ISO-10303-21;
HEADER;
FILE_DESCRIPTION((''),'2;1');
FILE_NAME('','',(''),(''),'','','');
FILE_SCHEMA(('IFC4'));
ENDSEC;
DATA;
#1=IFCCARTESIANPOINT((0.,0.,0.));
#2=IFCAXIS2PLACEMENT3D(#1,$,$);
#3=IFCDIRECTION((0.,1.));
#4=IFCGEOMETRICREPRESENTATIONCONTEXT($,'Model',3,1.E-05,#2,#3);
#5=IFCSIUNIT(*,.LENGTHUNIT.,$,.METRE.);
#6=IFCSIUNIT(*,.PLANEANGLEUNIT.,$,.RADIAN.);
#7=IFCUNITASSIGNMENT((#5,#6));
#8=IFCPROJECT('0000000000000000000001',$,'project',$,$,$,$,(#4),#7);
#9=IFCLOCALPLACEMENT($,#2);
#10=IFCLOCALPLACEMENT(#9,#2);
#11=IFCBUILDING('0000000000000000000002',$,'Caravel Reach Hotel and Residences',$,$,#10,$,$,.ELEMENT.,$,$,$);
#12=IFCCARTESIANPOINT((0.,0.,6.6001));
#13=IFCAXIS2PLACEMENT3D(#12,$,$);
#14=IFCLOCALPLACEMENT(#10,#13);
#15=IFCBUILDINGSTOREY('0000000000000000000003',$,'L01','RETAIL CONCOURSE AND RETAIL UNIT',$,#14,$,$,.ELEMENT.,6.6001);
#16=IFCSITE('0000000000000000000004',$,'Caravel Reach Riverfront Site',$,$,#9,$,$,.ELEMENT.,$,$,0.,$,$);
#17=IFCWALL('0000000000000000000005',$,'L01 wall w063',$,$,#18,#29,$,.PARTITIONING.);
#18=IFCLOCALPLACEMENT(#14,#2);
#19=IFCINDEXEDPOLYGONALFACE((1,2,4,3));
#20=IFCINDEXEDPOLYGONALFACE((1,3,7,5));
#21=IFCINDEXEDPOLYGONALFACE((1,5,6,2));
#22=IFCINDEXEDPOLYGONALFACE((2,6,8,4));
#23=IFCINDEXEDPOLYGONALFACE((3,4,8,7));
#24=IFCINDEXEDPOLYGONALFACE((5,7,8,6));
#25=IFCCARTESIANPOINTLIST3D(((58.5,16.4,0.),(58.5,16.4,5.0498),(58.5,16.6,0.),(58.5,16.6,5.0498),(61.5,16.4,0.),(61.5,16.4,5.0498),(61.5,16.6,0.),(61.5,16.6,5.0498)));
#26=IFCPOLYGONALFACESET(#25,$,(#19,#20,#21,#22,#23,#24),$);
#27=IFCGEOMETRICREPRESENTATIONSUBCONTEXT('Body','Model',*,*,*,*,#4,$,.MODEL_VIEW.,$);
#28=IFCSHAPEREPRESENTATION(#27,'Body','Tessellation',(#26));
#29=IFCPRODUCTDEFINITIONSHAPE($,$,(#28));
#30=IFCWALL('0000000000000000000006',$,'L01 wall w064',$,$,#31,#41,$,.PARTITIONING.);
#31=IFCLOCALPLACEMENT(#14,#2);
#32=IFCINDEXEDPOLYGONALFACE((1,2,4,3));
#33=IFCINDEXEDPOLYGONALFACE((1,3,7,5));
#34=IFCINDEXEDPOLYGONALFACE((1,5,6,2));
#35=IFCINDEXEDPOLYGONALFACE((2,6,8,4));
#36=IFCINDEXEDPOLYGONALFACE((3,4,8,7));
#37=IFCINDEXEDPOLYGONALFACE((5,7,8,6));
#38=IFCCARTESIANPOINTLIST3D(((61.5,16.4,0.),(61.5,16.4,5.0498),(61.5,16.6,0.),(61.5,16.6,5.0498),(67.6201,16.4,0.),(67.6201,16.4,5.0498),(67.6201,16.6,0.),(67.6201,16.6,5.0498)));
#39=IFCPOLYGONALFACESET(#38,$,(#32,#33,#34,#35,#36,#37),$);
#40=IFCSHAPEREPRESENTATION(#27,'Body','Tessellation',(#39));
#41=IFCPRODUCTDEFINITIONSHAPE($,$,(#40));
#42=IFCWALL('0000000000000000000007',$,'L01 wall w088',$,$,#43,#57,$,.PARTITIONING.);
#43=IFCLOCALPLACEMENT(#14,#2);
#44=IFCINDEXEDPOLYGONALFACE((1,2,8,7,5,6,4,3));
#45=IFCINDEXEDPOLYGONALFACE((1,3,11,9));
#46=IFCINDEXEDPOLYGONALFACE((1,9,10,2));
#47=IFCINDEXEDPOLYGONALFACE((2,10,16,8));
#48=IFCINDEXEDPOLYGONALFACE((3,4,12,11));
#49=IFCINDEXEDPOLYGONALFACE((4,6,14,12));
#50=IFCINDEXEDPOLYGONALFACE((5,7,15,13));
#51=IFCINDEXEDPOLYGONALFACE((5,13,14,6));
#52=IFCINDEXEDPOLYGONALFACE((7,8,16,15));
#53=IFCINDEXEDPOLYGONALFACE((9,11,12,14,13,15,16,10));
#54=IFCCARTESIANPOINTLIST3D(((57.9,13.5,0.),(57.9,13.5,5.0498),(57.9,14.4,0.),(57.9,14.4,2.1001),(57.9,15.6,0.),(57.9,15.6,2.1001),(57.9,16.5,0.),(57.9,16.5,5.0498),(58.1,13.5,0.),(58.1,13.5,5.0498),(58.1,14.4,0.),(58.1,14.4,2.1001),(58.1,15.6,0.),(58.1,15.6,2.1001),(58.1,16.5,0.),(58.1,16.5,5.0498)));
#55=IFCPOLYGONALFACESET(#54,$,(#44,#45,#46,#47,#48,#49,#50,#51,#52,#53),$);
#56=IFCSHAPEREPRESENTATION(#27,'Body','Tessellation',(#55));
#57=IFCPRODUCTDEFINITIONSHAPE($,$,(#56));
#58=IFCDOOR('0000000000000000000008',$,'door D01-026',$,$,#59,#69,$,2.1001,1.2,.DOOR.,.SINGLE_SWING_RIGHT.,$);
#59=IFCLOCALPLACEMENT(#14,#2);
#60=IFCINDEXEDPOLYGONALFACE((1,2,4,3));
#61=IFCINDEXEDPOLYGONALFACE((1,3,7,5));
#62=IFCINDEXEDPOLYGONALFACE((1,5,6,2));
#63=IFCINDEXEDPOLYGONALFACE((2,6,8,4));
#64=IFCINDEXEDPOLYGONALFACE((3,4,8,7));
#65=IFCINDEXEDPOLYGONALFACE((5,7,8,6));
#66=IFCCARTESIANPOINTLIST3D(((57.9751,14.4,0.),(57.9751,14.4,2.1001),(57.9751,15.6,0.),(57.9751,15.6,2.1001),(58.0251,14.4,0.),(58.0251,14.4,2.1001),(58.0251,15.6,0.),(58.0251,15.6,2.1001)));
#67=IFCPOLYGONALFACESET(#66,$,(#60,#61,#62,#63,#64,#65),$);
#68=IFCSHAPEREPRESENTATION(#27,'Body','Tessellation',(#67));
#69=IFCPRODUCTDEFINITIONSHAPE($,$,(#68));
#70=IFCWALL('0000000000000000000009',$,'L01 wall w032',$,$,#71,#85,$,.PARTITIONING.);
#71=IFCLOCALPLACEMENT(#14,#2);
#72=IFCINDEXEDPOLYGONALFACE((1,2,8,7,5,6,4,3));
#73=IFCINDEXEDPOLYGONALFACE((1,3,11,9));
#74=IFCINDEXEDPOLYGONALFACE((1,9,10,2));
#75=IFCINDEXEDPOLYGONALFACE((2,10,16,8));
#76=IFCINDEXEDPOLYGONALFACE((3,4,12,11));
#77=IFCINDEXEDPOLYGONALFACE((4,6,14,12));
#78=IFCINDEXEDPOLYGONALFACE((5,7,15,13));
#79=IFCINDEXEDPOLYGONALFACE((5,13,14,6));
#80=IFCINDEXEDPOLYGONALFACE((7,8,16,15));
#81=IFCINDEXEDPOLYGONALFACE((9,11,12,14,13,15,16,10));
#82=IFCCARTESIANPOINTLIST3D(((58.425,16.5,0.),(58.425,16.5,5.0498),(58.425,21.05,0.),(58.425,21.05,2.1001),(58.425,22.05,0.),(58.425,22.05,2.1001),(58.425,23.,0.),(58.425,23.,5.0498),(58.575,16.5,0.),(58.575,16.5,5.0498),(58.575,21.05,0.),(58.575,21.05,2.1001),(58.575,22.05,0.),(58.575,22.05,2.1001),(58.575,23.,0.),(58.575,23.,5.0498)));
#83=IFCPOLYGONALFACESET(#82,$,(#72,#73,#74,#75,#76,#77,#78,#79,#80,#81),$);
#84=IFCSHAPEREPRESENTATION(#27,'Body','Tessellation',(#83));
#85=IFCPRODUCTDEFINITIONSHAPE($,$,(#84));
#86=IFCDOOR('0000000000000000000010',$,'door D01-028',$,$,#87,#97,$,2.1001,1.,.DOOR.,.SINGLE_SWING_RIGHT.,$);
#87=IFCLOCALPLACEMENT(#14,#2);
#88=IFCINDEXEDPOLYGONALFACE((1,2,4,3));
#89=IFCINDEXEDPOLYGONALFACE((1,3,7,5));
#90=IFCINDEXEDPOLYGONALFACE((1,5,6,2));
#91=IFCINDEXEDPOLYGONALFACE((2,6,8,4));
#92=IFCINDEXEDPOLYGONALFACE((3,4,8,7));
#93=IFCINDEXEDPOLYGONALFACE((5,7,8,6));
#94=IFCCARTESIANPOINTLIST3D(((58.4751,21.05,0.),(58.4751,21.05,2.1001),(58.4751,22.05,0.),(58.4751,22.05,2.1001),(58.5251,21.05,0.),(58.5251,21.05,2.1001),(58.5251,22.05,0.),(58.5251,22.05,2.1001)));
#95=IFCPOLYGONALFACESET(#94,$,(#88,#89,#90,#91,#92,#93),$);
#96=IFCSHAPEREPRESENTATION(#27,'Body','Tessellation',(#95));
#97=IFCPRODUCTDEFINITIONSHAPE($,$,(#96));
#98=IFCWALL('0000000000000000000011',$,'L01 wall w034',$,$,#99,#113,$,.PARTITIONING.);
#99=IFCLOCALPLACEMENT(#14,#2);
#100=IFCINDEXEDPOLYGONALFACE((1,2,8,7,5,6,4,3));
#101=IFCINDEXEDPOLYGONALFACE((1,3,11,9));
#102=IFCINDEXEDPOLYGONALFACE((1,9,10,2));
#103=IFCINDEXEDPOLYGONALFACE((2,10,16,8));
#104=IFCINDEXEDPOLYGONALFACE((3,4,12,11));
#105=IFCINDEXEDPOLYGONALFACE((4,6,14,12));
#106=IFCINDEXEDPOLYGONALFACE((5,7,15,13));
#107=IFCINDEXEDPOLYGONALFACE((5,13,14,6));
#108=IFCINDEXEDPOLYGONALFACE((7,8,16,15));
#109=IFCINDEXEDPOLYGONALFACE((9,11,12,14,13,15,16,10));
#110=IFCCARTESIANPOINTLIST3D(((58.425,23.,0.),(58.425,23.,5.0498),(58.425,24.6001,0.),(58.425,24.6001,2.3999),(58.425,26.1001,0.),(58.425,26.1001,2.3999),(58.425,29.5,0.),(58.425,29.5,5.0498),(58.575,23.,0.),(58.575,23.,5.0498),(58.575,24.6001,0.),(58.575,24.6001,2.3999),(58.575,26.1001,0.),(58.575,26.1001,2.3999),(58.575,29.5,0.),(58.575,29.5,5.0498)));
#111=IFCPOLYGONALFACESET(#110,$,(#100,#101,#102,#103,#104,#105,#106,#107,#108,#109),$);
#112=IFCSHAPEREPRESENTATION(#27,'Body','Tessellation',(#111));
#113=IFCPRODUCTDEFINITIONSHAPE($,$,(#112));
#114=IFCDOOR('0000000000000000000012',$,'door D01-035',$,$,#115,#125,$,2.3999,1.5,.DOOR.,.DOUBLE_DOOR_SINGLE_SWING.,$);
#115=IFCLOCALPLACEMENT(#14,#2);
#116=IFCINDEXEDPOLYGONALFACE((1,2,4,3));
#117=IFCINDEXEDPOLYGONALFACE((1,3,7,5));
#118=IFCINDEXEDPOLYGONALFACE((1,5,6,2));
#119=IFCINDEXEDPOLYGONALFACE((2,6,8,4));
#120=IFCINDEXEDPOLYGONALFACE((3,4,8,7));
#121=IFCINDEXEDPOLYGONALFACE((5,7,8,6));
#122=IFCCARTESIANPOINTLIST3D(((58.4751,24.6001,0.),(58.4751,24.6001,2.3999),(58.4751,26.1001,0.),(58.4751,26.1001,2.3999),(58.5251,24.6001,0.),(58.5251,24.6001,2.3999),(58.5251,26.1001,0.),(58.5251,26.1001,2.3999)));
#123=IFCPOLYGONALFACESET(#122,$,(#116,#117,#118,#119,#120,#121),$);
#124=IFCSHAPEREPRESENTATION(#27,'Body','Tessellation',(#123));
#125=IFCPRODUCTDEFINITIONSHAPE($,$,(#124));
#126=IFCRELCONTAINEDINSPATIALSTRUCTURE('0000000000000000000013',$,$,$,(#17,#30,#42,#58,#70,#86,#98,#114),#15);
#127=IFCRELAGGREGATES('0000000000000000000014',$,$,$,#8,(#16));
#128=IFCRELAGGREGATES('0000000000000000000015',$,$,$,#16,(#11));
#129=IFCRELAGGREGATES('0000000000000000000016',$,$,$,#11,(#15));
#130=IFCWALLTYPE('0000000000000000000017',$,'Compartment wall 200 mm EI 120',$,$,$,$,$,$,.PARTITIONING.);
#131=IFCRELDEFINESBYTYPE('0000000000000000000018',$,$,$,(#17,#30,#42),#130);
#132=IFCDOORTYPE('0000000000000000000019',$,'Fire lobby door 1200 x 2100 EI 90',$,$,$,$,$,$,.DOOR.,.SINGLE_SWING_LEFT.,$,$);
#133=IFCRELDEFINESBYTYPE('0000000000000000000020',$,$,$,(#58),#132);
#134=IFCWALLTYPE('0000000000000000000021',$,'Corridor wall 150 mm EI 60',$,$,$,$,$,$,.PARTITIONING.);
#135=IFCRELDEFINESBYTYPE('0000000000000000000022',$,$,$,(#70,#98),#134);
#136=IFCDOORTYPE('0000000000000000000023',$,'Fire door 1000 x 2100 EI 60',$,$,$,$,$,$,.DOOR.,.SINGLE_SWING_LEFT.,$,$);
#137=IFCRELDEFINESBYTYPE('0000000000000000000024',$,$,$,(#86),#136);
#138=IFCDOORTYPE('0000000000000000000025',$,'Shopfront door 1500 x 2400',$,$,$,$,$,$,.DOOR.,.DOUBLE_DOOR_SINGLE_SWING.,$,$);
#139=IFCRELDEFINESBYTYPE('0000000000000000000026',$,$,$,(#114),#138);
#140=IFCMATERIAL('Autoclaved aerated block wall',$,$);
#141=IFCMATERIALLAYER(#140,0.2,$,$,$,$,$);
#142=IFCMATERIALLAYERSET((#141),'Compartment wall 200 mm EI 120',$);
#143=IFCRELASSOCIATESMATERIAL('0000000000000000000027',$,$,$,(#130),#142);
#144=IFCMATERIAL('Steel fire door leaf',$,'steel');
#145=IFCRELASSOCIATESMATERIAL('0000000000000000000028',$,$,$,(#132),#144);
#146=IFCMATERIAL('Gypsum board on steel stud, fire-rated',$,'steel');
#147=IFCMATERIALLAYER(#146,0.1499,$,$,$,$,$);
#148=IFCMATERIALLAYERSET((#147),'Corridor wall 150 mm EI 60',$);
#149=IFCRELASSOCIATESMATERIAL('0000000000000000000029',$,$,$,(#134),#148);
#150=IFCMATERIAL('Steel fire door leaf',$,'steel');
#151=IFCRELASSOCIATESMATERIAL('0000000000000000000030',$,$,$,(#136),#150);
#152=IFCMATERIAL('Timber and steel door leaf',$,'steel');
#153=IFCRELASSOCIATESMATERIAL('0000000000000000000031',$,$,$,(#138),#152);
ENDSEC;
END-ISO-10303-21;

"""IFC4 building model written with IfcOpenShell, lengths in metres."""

from ifc_helpers import new_model, si_unit, direction, frame, frame_2d, origin, place, context, subcontext, project, spatial, rectangle, extrude, material, layer, layer_set, type_object, element, fill, save


model = new_model("IFC4")

# Units and contexts
model_context = context("Model", 3, precision=1e-05, world=origin(), true_north=direction((0.0, 1.0)))
body_context = subcontext(model_context, "Body", "Model", "MODEL_VIEW")
ifc_project = project(units=[si_unit("LENGTHUNIT", "METRE"), si_unit("PLANEANGLEUNIT", "RADIAN")], contexts=[model_context])

# Site, building, storey
site_placement = place(None, origin())
site = spatial("IfcSite", under=ifc_project, at=site_placement, Name="Caravel Reach Riverfront Site", CompositionType="ELEMENT", RefElevation=0.0)
building_placement = place(site_placement, origin())
building = spatial("IfcBuilding", under=site, at=building_placement, Name="Caravel Reach Hotel and Residences", CompositionType="ELEMENT")
storey_placement = place(building_placement, frame((0.0, 0.0, 6.6001)))
storey = spatial("IfcBuildingStorey", under=building, at=storey_placement, Name="L01", Description="RETAIL CONCOURSE AND RETAIL UNIT", CompositionType="ELEMENT", Elevation=6.6001)

# Walls
ifc_material_1 = material(Name="Autoclaved aerated block wall")
ifc_layer_1 = layer(ifc_material_1, 0.2)
ifc_layer_set_1 = layer_set([ifc_layer_1], Name="Compartment wall 200 mm EI 120")
wall_type_1 = type_object("IfcWallType", Name="Compartment wall 200 mm EI 120", PredefinedType="PARTITIONING", material=ifc_layer_set_1)
wall_1_placement = place(storey_placement, frame((58.5, 16.5, 0.0), z_axis=(0.0, 0.0, 1.0), x_axis=(1.0, 0.0, 0.0)))
element("IfcWall", 1, at=wall_1_placement, inside=storey, type_object=wall_type_1, Name="L01 wall w063", PredefinedType="PARTITIONING", context=body_context, shape_type="SweptSolid", body=[
    extrude(rectangle(XDim=3.0, YDim=0.2, at=frame_2d((1.5, 0.0))), origin(), (0.0, 0.0, 1.0), 5.0498),
])
wall_2_placement = place(storey_placement, frame((61.5, 16.5, 0.0), z_axis=(0.0, 0.0, 1.0), x_axis=(1.0, 0.0, 0.0)))
element("IfcWall", 2, at=wall_2_placement, inside=storey, type_object=wall_type_1, Name="L01 wall w064", PredefinedType="PARTITIONING", context=body_context, shape_type="SweptSolid", body=[
    extrude(rectangle(XDim=6.1201, YDim=0.2, at=frame_2d((3.0601, 0.0))), origin(), (0.0, 0.0, 1.0), 5.0498),
])

# Walls, openings, doors
wall_3_placement = place(storey_placement, frame((58.0, 13.5, 0.0), z_axis=(0.0, 0.0, 1.0), x_axis=(0.0, 1.0, 0.0)))
wall_3 = element("IfcWall", 3, at=wall_3_placement, inside=storey, type_object=wall_type_1, Name="L01 wall w088", PredefinedType="PARTITIONING", context=body_context, shape_type="SweptSolid", body=[
    extrude(rectangle(XDim=3.0, YDim=0.2, at=frame_2d((1.5, 0.0))), origin(), (0.0, 0.0, 1.0), 5.0498),
])
opening_1_placement = place(wall_3_placement, frame((0.8999, 0.0, 0.0)))
opening_1 = element("IfcOpeningElement", 4, at=opening_1_placement, cuts=wall_3, PredefinedType="OPENING", context=body_context, shape_type="SweptSolid", body=[
    extrude(rectangle(XDim=1.2, YDim=2.1001, at=frame_2d((0.6001, 1.05))), frame((0.0, 0.1099, 0.0), z_axis=(0.0, -1.0, 0.0), x_axis=(1.0, 0.0, 0.0)), (0.0, 0.0, 1.0), 0.22),
])
ifc_material_2 = material(Name="Steel fire door leaf", Category="steel")
door_type_1 = type_object("IfcDoorType", Name="Fire lobby door 1200 x 2100 EI 90", OperationType="SINGLE_SWING_LEFT", PredefinedType="DOOR", material=ifc_material_2)
door_1_placement = place(opening_1_placement, origin())
door_1 = element("IfcDoor", 5, at=door_1_placement, inside=storey, type_object=door_type_1, Name="door D01-026", OperationType="SINGLE_SWING_RIGHT", OverallHeight=2.1001, OverallWidth=1.2, PredefinedType="DOOR", context=body_context, shape_type="SweptSolid", body=[
    extrude(rectangle(XDim=1.2, YDim=2.1001, at=frame_2d((0.6001, 1.05))), frame((0.0, 0.0249, 0.0), z_axis=(0.0, -1.0, 0.0), x_axis=(1.0, 0.0, 0.0)), (0.0, 0.0, 1.0), 0.05),
])
fill(opening_1, door_1)
ifc_material_3 = material(Name="Gypsum board on steel stud, fire-rated", Category="steel")
ifc_layer_2 = layer(ifc_material_3, 0.1499)
ifc_layer_set_2 = layer_set([ifc_layer_2], Name="Corridor wall 150 mm EI 60")
wall_type_2 = type_object("IfcWallType", Name="Corridor wall 150 mm EI 60", PredefinedType="PARTITIONING", material=ifc_layer_set_2)
wall_4_placement = place(storey_placement, frame((58.5, 16.5, 0.0), z_axis=(0.0, 0.0, 1.0), x_axis=(0.0, 1.0, 0.0)))
wall_4 = element("IfcWall", 6, at=wall_4_placement, inside=storey, type_object=wall_type_2, Name="L01 wall w032", PredefinedType="PARTITIONING", context=body_context, shape_type="SweptSolid", body=[
    extrude(rectangle(XDim=6.5, YDim=0.1499, at=frame_2d((3.25, 0.0))), origin(), (0.0, 0.0, 1.0), 5.0498),
])
opening_2_placement = place(wall_4_placement, frame((4.55, 0.0, 0.0)))
opening_2 = element("IfcOpeningElement", 7, at=opening_2_placement, cuts=wall_4, PredefinedType="OPENING", context=body_context, shape_type="SweptSolid", body=[
    extrude(rectangle(XDim=1.0, YDim=2.1001, at=frame_2d((0.5, 1.05))), frame((0.0, 0.085, 0.0), z_axis=(0.0, -1.0, 0.0), x_axis=(1.0, 0.0, 0.0)), (0.0, 0.0, 1.0), 0.1699),
])
ifc_material_4 = material(Name="Steel fire door leaf", Category="steel")
door_type_2 = type_object("IfcDoorType", Name="Fire door 1000 x 2100 EI 60", OperationType="SINGLE_SWING_LEFT", PredefinedType="DOOR", material=ifc_material_4)
door_2_placement = place(opening_2_placement, origin())
door_2 = element("IfcDoor", 8, at=door_2_placement, inside=storey, type_object=door_type_2, Name="door D01-028", OperationType="SINGLE_SWING_RIGHT", OverallHeight=2.1001, OverallWidth=1.0, PredefinedType="DOOR", context=body_context, shape_type="SweptSolid", body=[
    extrude(rectangle(XDim=1.0, YDim=2.1001, at=frame_2d((0.5, 1.05))), frame((0.0, 0.0249, 0.0), z_axis=(0.0, -1.0, 0.0), x_axis=(1.0, 0.0, 0.0)), (0.0, 0.0, 1.0), 0.05),
])
fill(opening_2, door_2)
wall_5_placement = place(storey_placement, frame((58.5, 23.0, 0.0), z_axis=(0.0, 0.0, 1.0), x_axis=(0.0, 1.0, 0.0)))
wall_5 = element("IfcWall", 9, at=wall_5_placement, inside=storey, type_object=wall_type_2, Name="L01 wall w034", PredefinedType="PARTITIONING", context=body_context, shape_type="SweptSolid", body=[
    extrude(rectangle(XDim=6.5, YDim=0.1499, at=frame_2d((3.25, 0.0))), origin(), (0.0, 0.0, 1.0), 5.0498),
])
opening_3_placement = place(wall_5_placement, frame((1.6001, 0.0, 0.0)))
opening_3 = element("IfcOpeningElement", 10, at=opening_3_placement, cuts=wall_5, PredefinedType="OPENING", context=body_context, shape_type="SweptSolid", body=[
    extrude(rectangle(XDim=1.5, YDim=2.3999, at=frame_2d((0.75, 1.2))), frame((0.0, 0.085, 0.0), z_axis=(0.0, -1.0, 0.0), x_axis=(1.0, 0.0, 0.0)), (0.0, 0.0, 1.0), 0.1699),
])
ifc_material_5 = material(Name="Timber and steel door leaf", Category="steel")
door_type_3 = type_object("IfcDoorType", Name="Shopfront door 1500 x 2400", OperationType="DOUBLE_DOOR_SINGLE_SWING", PredefinedType="DOOR", material=ifc_material_5)
door_3_placement = place(opening_3_placement, origin())
door_3 = element("IfcDoor", 11, at=door_3_placement, inside=storey, type_object=door_type_3, Name="door D01-035", OperationType="DOUBLE_DOOR_SINGLE_SWING", OverallHeight=2.3999, OverallWidth=1.5, PredefinedType="DOOR", context=body_context, shape_type="SweptSolid", body=[
    extrude(rectangle(XDim=1.5, YDim=2.3999, at=frame_2d((0.75, 1.2))), frame((0.0, 0.0249, 0.0), z_axis=(0.0, -1.0, 0.0), x_axis=(1.0, 0.0, 0.0)), (0.0, 0.0, 1.0), 0.05),
])
fill(opening_3, door_3)

save(model, "model.ifc")
